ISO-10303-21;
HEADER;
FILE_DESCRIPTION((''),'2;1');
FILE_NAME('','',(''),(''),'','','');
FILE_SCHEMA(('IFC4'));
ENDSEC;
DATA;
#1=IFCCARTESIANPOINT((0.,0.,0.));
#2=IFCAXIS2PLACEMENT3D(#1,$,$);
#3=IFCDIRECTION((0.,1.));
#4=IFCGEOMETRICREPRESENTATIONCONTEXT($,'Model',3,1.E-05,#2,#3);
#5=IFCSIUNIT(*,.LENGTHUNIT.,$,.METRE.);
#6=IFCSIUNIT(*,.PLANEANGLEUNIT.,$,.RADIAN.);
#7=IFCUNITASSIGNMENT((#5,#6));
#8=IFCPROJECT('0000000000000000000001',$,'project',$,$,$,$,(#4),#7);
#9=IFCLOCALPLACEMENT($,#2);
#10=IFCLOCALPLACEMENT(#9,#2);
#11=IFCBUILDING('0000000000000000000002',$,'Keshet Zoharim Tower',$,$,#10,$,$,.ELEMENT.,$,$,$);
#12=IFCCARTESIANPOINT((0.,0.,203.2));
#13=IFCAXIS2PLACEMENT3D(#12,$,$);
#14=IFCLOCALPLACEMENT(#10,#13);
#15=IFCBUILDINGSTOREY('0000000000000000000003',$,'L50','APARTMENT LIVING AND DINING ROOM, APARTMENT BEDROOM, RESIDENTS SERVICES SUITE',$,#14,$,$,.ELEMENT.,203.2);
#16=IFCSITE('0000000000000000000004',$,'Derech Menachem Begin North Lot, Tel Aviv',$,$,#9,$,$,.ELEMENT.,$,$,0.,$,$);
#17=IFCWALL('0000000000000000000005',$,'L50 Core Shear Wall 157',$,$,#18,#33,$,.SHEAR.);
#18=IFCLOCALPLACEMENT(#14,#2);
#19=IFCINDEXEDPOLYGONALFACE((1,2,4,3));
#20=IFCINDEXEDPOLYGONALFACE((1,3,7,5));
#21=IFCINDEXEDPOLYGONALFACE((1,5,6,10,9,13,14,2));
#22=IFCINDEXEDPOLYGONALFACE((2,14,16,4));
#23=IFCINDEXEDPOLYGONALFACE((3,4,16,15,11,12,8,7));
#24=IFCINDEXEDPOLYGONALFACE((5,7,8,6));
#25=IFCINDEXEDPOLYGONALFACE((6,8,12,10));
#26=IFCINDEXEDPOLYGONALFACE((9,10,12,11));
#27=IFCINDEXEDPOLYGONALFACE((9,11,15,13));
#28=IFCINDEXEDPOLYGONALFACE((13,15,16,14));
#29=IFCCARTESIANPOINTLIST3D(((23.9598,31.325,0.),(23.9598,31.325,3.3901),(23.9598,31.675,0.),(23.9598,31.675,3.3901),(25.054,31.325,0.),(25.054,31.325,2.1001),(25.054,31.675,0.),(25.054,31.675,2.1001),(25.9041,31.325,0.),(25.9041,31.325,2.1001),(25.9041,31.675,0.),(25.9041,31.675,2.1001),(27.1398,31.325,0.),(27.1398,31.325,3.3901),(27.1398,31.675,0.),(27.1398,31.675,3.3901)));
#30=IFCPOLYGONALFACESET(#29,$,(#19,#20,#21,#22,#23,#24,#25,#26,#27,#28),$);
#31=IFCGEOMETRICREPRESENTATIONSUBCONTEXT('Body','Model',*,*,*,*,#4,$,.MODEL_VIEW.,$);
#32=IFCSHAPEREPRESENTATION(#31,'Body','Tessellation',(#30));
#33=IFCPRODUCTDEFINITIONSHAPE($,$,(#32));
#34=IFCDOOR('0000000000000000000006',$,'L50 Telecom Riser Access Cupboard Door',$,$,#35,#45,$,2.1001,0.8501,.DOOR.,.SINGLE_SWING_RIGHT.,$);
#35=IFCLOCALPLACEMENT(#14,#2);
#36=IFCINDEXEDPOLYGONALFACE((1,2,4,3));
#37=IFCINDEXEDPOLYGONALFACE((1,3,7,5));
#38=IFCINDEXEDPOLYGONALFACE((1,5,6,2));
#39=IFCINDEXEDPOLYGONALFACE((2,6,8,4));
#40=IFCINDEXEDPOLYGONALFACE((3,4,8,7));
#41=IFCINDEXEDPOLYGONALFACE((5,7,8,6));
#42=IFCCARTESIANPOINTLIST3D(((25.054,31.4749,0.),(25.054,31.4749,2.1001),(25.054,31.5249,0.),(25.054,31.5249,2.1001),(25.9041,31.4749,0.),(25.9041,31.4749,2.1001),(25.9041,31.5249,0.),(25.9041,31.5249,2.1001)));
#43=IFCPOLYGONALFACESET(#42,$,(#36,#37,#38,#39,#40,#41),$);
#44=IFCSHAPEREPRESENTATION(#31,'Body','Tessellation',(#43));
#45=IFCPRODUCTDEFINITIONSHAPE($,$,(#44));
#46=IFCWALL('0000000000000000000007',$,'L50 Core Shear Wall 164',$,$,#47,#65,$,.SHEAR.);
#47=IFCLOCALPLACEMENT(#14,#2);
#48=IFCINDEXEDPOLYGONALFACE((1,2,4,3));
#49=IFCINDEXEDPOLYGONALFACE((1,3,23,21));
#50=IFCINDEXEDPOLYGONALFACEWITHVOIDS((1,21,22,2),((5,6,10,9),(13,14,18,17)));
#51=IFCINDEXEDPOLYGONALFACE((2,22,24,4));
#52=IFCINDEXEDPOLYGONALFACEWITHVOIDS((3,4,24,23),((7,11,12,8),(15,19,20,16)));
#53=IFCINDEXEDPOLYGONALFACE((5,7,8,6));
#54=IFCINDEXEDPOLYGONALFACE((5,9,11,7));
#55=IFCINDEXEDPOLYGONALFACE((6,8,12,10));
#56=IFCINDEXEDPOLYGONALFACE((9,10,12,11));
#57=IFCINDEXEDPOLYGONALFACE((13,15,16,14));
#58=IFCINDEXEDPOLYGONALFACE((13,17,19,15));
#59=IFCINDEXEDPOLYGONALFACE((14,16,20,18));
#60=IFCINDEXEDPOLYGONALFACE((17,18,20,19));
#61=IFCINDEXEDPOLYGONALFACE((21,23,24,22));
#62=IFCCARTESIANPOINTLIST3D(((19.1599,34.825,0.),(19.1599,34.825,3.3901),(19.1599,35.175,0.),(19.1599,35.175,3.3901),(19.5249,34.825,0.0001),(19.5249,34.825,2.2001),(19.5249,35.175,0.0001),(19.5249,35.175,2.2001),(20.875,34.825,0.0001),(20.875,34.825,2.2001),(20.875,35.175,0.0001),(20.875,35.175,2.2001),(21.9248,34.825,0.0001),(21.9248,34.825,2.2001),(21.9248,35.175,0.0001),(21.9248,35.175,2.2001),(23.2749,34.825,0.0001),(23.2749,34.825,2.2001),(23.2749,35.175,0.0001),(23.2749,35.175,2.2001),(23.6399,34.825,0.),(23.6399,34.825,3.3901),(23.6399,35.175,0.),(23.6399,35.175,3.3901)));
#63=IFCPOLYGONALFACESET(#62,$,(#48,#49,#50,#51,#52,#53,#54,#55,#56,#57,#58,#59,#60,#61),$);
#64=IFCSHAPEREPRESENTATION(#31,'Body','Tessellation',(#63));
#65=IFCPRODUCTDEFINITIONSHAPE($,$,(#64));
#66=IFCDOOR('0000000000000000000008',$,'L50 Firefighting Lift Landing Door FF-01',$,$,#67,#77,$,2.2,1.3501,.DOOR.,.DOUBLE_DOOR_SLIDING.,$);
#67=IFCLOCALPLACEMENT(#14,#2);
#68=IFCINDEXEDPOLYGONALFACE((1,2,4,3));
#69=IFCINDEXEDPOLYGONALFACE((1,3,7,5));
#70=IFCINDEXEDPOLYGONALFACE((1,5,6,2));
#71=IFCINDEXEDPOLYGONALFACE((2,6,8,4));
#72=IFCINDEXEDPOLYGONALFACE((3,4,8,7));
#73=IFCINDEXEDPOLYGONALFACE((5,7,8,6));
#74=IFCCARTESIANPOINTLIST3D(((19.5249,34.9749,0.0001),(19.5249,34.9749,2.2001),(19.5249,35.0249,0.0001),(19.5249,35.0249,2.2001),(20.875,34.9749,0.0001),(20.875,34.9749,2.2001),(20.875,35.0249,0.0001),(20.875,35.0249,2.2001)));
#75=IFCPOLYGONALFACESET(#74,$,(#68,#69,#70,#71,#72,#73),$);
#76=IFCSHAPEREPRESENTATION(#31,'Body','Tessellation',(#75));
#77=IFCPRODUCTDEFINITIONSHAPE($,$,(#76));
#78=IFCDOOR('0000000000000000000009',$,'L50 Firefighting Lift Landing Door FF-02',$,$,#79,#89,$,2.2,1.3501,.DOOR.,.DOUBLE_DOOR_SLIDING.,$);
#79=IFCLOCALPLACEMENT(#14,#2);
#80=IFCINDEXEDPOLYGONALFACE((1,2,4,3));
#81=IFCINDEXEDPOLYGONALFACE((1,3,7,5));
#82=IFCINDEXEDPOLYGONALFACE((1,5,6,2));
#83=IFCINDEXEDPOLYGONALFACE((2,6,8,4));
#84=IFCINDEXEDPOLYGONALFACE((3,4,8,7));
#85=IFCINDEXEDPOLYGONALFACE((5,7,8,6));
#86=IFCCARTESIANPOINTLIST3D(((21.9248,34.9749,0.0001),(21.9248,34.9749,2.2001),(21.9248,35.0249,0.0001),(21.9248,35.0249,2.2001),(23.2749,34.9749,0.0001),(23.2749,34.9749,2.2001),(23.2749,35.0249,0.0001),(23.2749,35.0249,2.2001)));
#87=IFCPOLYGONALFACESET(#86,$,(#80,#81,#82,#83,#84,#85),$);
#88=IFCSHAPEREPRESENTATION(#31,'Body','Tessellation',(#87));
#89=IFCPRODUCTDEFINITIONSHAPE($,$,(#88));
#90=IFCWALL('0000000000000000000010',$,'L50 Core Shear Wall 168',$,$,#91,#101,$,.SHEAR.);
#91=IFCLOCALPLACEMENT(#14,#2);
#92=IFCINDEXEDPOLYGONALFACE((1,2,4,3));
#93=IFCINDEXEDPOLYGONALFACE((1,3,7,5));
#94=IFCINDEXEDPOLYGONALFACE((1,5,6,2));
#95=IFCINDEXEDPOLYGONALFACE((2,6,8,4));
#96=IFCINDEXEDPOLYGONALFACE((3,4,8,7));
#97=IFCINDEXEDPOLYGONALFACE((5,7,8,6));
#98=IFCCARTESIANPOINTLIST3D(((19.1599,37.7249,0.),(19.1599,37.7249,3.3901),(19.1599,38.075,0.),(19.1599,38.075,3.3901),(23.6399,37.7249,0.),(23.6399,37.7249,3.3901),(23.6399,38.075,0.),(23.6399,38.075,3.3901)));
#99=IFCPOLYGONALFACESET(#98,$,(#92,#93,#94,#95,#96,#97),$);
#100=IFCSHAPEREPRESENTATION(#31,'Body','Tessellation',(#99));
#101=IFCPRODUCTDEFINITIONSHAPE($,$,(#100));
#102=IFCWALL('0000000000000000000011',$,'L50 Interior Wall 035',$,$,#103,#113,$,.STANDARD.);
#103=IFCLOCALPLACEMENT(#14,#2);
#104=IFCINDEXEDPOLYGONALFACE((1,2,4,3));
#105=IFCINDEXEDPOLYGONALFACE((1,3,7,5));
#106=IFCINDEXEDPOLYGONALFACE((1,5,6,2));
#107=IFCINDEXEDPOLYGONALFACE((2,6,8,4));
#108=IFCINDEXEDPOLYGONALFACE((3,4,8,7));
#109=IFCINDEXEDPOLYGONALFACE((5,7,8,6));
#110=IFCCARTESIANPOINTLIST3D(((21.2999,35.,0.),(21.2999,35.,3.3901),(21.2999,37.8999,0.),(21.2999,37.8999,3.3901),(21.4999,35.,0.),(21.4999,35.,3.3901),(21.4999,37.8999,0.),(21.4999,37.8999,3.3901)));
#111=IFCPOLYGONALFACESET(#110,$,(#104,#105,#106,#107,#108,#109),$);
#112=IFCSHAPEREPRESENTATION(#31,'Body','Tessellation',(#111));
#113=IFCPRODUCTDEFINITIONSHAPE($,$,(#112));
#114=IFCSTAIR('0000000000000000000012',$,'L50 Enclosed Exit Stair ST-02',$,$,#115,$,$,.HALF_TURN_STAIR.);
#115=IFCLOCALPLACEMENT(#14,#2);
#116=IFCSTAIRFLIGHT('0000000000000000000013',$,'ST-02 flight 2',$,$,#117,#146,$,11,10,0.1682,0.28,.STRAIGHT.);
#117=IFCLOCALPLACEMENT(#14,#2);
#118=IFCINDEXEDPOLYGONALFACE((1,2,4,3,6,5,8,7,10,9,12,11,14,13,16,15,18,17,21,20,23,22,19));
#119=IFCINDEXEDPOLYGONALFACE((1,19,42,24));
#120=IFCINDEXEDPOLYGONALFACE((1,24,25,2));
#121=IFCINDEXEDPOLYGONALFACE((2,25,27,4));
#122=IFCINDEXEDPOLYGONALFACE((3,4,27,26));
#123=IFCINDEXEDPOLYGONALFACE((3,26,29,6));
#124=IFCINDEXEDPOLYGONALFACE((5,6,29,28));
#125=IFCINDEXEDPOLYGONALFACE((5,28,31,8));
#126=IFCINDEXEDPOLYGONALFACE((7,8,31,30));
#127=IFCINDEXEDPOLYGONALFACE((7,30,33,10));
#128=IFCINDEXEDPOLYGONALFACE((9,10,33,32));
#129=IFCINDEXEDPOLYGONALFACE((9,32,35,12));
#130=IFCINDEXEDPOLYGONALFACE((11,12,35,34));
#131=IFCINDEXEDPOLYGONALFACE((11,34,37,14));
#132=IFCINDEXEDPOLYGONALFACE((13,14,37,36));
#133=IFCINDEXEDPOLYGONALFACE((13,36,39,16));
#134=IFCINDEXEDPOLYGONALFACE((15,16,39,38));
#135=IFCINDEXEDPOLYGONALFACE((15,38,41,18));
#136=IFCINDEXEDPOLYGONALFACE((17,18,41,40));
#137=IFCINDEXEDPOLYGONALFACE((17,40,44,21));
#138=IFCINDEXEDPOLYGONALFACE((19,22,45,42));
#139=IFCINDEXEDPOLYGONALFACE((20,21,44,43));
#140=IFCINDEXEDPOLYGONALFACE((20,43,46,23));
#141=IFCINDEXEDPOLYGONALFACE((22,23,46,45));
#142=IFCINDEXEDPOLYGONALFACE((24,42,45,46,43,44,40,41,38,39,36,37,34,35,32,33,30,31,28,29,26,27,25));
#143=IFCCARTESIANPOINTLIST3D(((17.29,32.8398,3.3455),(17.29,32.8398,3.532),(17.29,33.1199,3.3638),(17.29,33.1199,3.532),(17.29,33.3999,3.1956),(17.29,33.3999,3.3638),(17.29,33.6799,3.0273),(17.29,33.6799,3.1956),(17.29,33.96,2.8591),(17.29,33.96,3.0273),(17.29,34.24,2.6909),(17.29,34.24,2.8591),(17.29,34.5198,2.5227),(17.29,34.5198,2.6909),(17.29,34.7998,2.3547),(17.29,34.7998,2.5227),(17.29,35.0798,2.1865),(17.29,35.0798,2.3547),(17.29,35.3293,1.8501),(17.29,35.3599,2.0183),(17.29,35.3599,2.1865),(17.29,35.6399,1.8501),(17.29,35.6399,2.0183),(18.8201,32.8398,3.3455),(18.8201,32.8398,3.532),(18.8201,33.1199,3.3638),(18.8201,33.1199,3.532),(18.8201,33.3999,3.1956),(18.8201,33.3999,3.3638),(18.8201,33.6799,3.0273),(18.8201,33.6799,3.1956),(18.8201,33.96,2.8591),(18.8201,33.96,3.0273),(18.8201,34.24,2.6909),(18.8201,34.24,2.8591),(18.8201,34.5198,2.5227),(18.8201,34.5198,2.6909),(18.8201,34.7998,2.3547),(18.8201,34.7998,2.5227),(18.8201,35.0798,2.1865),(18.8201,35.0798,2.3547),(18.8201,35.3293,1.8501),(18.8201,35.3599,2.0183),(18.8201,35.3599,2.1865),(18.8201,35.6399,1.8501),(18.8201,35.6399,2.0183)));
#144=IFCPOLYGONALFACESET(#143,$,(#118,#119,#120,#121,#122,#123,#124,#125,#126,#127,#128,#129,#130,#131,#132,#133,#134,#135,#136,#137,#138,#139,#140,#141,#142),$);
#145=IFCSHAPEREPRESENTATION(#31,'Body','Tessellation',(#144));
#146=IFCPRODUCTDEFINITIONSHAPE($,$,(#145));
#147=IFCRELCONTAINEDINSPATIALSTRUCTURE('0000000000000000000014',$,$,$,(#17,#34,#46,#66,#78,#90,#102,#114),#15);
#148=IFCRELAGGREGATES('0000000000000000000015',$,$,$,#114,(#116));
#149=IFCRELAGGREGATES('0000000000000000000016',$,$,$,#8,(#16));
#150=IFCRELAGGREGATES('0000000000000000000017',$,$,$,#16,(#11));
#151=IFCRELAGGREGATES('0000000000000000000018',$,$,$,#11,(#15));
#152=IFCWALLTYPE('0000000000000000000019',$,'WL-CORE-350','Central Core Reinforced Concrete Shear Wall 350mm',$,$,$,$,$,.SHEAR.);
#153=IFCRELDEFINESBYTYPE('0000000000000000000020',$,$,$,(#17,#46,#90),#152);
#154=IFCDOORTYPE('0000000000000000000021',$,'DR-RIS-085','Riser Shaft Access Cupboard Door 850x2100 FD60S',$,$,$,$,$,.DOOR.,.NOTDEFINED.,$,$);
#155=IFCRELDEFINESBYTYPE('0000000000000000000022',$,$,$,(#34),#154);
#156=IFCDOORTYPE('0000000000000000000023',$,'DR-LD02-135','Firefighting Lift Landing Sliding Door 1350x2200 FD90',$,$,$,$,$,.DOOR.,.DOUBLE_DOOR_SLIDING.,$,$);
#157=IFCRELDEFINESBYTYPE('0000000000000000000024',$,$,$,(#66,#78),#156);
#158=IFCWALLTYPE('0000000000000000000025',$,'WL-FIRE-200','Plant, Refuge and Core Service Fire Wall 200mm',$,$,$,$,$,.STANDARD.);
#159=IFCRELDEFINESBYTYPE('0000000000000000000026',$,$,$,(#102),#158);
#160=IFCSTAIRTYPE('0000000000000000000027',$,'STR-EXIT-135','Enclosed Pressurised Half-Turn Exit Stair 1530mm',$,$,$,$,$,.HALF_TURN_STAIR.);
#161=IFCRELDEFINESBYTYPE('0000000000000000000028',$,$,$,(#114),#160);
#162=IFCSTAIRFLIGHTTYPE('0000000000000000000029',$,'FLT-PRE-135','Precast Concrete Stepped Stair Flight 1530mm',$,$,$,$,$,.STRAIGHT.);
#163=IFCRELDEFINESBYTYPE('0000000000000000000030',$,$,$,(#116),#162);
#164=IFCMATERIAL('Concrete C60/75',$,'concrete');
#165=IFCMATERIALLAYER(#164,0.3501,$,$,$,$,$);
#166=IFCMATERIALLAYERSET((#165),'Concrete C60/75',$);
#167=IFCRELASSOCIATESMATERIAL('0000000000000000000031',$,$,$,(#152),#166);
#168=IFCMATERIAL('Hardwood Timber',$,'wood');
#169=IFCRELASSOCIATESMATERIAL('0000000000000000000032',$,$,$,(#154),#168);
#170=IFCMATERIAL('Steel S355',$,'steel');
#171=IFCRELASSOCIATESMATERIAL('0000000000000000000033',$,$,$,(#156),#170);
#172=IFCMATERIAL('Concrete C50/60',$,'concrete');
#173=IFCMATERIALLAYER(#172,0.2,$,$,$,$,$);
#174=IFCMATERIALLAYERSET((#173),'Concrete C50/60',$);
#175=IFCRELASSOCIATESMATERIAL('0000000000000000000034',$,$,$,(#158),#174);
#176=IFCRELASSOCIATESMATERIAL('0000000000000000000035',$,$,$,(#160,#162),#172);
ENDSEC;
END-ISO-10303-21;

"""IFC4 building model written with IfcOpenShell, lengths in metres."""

from ifc_helpers import new_model, si_unit, direction, frame, frame_2d, origin, place, context, subcontext, project, spatial, polyline, rectangle, outline, extrude, material, layer, layer_set, type_object, element, fill, aggregate, save


model = new_model("IFC4")

# Units and contexts
model_context = context("Model", 3, precision=1e-05, world=origin(), true_north=direction((0.0, 1.0)))
body_context = subcontext(model_context, "Body", "Model", "MODEL_VIEW")
ifc_project = project(units=[si_unit("LENGTHUNIT", "METRE"), si_unit("PLANEANGLEUNIT", "RADIAN")], contexts=[model_context])

# Site, building, storey
site_placement = place(None, origin())
site = spatial("IfcSite", under=ifc_project, at=site_placement, Name="Derech Menachem Begin North Lot, Tel Aviv", CompositionType="ELEMENT", RefElevation=0.0)
building_placement = place(site_placement, origin())
building = spatial("IfcBuilding", under=site, at=building_placement, Name="Keshet Zoharim Tower", CompositionType="ELEMENT")
storey_placement = place(building_placement, frame((0.0, 0.0, 203.2)))
storey = spatial("IfcBuildingStorey", under=building, at=storey_placement, Name="L50", Description="APARTMENT LIVING AND DINING ROOM, APARTMENT BEDROOM, RESIDENTS SERVICES SUITE", CompositionType="ELEMENT", Elevation=203.2)

# Shared definitions
ifc_material_1 = material(Name="Steel S355", Category="steel")

# Shared definitions
ifc_material_2 = material(Name="Concrete C60/75", Category="concrete")
ifc_layer_1 = layer(ifc_material_2, 0.3501)
ifc_layer_set_1 = layer_set([ifc_layer_1], Name="Concrete C60/75")
wall_type_1 = type_object("IfcWallType", Name="WL-CORE-350", Description="Central Core Reinforced Concrete Shear Wall 350mm", PredefinedType="SHEAR", material=ifc_layer_set_1)

# Wall, opening, door
wall_1_placement = place(storey_placement, frame((23.96, 31.5, 0.0), z_axis=(0.0, 0.0, 1.0), x_axis=(1.0, 0.0, 0.0)))
wall_1 = element("IfcWall", 1, at=wall_1_placement, inside=storey, type_object=wall_type_1, Name="L50 Core Shear Wall 157", PredefinedType="SHEAR", context=body_context, shape_type="SweptSolid", body=[
    extrude(rectangle(XDim=3.1799, YDim=0.3501, at=frame_2d((1.5898, 0.0))), origin(), (0.0, 0.0, 1.0), 3.3901),
])
opening_1_placement = place(wall_1_placement, frame((1.094, 0.0, 0.0)))
opening_1 = element("IfcOpeningElement", 2, at=opening_1_placement, cuts=wall_1, PredefinedType="OPENING", context=body_context, shape_type="SweptSolid", body=[
    extrude(rectangle(XDim=0.8501, YDim=2.1001, at=frame_2d((0.425, 1.05))), frame((0.0, 0.1851, 0.0), z_axis=(0.0, -1.0, 0.0), x_axis=(1.0, 0.0, 0.0)), (0.0, 0.0, 1.0), 0.3701),
])
ifc_material_3 = material(Name="Hardwood Timber", Category="wood")
door_type_1 = type_object("IfcDoorType", Name="DR-RIS-085", Description="Riser Shaft Access Cupboard Door 850x2100 FD60S", OperationType="NOTDEFINED", PredefinedType="DOOR", material=ifc_material_3)
door_1_placement = place(opening_1_placement, origin())
door_1 = element("IfcDoor", 3, at=door_1_placement, inside=storey, type_object=door_type_1, Name="L50 Telecom Riser Access Cupboard Door", OperationType="SINGLE_SWING_RIGHT", OverallHeight=2.1001, OverallWidth=0.8501, PredefinedType="DOOR", context=body_context, shape_type="SweptSolid", body=[
    extrude(rectangle(XDim=0.8501, YDim=2.1001, at=frame_2d((0.425, 1.05))), frame((0.0, 0.0249, 0.0), z_axis=(0.0, -1.0, 0.0), x_axis=(1.0, 0.0, 0.0)), (0.0, 0.0, 1.0), 0.05),
])
fill(opening_1, door_1)

# Wall, openings, doors
wall_2_placement = place(storey_placement, frame((19.1599, 35.0, 0.0), z_axis=(0.0, 0.0, 1.0), x_axis=(1.0, 0.0, 0.0)))
wall_2 = element("IfcWall", 4, at=wall_2_placement, inside=storey, type_object=wall_type_1, Name="L50 Core Shear Wall 164", PredefinedType="SHEAR", context=body_context, shape_type="SweptSolid", body=[
    extrude(rectangle(XDim=4.48, YDim=0.3501, at=frame_2d((2.24, 0.0))), origin(), (0.0, 0.0, 1.0), 3.3901),
])
opening_2_placement = place(wall_2_placement, frame((0.365, 0.0, 0.0)))
opening_2 = element("IfcOpeningElement", 5, at=opening_2_placement, cuts=wall_2, PredefinedType="OPENING", context=body_context, shape_type="SweptSolid", body=[
    extrude(rectangle(XDim=1.3501, YDim=2.2, at=frame_2d((0.675, 1.1001))), frame((0.0, 0.1851, 0.0), z_axis=(0.0, -1.0, 0.0), x_axis=(1.0, 0.0, 0.0)), (0.0, 0.0, 1.0), 0.3701),
])
opening_3_placement = place(wall_2_placement, frame((2.7649, 0.0, 0.0)))
opening_3 = element("IfcOpeningElement", 6, at=opening_3_placement, cuts=wall_2, PredefinedType="OPENING", context=body_context, shape_type="SweptSolid", body=[
    extrude(rectangle(XDim=1.3501, YDim=2.2, at=frame_2d((0.675, 1.1001))), frame((0.0, 0.1851, 0.0), z_axis=(0.0, -1.0, 0.0), x_axis=(1.0, 0.0, 0.0)), (0.0, 0.0, 1.0), 0.3701),
])
door_type_2 = type_object("IfcDoorType", Name="DR-LD02-135", Description="Firefighting Lift Landing Sliding Door 1350x2200 FD90", OperationType="DOUBLE_DOOR_SLIDING", PredefinedType="DOOR", material=ifc_material_1)
door_2_placement = place(opening_2_placement, origin())
door_2 = element("IfcDoor", 7, at=door_2_placement, inside=storey, type_object=door_type_2, Name="L50 Firefighting Lift Landing Door FF-01", OperationType="DOUBLE_DOOR_SLIDING", OverallHeight=2.2, OverallWidth=1.3501, PredefinedType="DOOR", context=body_context, shape_type="SweptSolid", body=[
    extrude(rectangle(XDim=1.3501, YDim=2.2, at=frame_2d((0.675, 1.1001))), frame((0.0, 0.0249, 0.0), z_axis=(0.0, -1.0, 0.0), x_axis=(1.0, 0.0, 0.0)), (0.0, 0.0, 1.0), 0.05),
])
fill(opening_2, door_2)
door_3_placement = place(opening_3_placement, origin())
door_3 = element("IfcDoor", 8, at=door_3_placement, inside=storey, type_object=door_type_2, Name="L50 Firefighting Lift Landing Door FF-02", OperationType="DOUBLE_DOOR_SLIDING", OverallHeight=2.2, OverallWidth=1.3501, PredefinedType="DOOR", context=body_context, shape_type="SweptSolid", body=[
    extrude(rectangle(XDim=1.3501, YDim=2.2, at=frame_2d((0.675, 1.1001))), frame((0.0, 0.0249, 0.0), z_axis=(0.0, -1.0, 0.0), x_axis=(1.0, 0.0, 0.0)), (0.0, 0.0, 1.0), 0.05),
])
fill(opening_3, door_3)

# Walls
wall_3_placement = place(storey_placement, frame((19.1599, 37.8999, 0.0), z_axis=(0.0, 0.0, 1.0), x_axis=(1.0, 0.0, 0.0)))
element("IfcWall", 9, at=wall_3_placement, inside=storey, type_object=wall_type_1, Name="L50 Core Shear Wall 168", PredefinedType="SHEAR", context=body_context, shape_type="SweptSolid", body=[
    extrude(rectangle(XDim=4.48, YDim=0.3501, at=frame_2d((2.24, 0.0))), origin(), (0.0, 0.0, 1.0), 3.3901),
])
ifc_material_4 = material(Name="Concrete C50/60", Category="concrete")
ifc_layer_2 = layer(ifc_material_4, 0.2)
ifc_layer_set_2 = layer_set([ifc_layer_2], Name="Concrete C50/60")
wall_type_2 = type_object("IfcWallType", Name="WL-FIRE-200", Description="Plant, Refuge and Core Service Fire Wall 200mm", PredefinedType="STANDARD", material=ifc_layer_set_2)
wall_4_placement = place(storey_placement, frame((21.3999, 35.0, 0.0), z_axis=(0.0, 0.0, 1.0), x_axis=(0.0, 1.0, 0.0)))
element("IfcWall", 10, at=wall_4_placement, inside=storey, type_object=wall_type_2, Name="L50 Interior Wall 035", PredefinedType="STANDARD", context=body_context, shape_type="SweptSolid", body=[
    extrude(rectangle(XDim=2.8999, YDim=0.2, at=frame_2d((1.45, 0.0))), origin(), (0.0, 0.0, 1.0), 3.3901),
])

# Stair, stair flight
stair_type = type_object("IfcStairType", Name="STR-EXIT-135", Description="Enclosed Pressurised Half-Turn Exit Stair 1530mm", PredefinedType="HALF_TURN_STAIR", material=ifc_material_4)
stair_placement = place(storey_placement, origin())
stair = element("IfcStair", 11, at=stair_placement, inside=storey, type_object=stair_type, Name="L50 Enclosed Exit Stair ST-02", PredefinedType="HALF_TURN_STAIR")
stair_flight_type = type_object("IfcStairFlightType", Name="FLT-PRE-135", Description="Precast Concrete Stepped Stair Flight 1530mm", PredefinedType="STRAIGHT", material=ifc_material_4)
stair_flight_placement = place(storey_placement, frame((18.0549, 35.6399, 1.8501), z_axis=(0.0, 0.0, 1.0), x_axis=(0.0, -1.0, 0.0)))
stair_flight = element("IfcStairFlight", 12, at=stair_flight_placement, type_object=stair_flight_type, Name="ST-02 flight 2", NumberOfRisers=11, NumberOfTreads=10, PredefinedType="STRAIGHT", RiserHeight=0.1682, TreadLength=0.28, context=body_context, shape_type="SweptSolid", body=[
    extrude(outline(polyline([(0.0, 0.0), (0.0, 0.1682), (0.28, 0.1682), (0.28, 0.3364), (0.5601, 0.3364), (0.5601, 0.5046), (0.8401, 0.5046), (0.8401, 0.6726), (1.1201, 0.6726), (1.1201, 0.8408), (1.3999, 0.8408), (1.3999, 1.009), (1.6799, 1.009), (1.6799, 1.1772), (1.96, 1.1772), (1.96, 1.3455), (2.24, 1.3455), (2.24, 1.5137), (2.52, 1.5137), (2.52, 1.6819), (2.8, 1.6819), (2.8, 1.8501), (2.8, 1.4954), (0.3105, 0.0), (0.0, 0.0)])), frame((0.0, 0.7651, 0.0), z_axis=(0.0, -1.0, 0.0), x_axis=(1.0, 0.0, 0.0)), (0.0, 0.0, 1.0), 1.53),
])
aggregate(stair, [stair_flight])

save(model, "model.ifc")
